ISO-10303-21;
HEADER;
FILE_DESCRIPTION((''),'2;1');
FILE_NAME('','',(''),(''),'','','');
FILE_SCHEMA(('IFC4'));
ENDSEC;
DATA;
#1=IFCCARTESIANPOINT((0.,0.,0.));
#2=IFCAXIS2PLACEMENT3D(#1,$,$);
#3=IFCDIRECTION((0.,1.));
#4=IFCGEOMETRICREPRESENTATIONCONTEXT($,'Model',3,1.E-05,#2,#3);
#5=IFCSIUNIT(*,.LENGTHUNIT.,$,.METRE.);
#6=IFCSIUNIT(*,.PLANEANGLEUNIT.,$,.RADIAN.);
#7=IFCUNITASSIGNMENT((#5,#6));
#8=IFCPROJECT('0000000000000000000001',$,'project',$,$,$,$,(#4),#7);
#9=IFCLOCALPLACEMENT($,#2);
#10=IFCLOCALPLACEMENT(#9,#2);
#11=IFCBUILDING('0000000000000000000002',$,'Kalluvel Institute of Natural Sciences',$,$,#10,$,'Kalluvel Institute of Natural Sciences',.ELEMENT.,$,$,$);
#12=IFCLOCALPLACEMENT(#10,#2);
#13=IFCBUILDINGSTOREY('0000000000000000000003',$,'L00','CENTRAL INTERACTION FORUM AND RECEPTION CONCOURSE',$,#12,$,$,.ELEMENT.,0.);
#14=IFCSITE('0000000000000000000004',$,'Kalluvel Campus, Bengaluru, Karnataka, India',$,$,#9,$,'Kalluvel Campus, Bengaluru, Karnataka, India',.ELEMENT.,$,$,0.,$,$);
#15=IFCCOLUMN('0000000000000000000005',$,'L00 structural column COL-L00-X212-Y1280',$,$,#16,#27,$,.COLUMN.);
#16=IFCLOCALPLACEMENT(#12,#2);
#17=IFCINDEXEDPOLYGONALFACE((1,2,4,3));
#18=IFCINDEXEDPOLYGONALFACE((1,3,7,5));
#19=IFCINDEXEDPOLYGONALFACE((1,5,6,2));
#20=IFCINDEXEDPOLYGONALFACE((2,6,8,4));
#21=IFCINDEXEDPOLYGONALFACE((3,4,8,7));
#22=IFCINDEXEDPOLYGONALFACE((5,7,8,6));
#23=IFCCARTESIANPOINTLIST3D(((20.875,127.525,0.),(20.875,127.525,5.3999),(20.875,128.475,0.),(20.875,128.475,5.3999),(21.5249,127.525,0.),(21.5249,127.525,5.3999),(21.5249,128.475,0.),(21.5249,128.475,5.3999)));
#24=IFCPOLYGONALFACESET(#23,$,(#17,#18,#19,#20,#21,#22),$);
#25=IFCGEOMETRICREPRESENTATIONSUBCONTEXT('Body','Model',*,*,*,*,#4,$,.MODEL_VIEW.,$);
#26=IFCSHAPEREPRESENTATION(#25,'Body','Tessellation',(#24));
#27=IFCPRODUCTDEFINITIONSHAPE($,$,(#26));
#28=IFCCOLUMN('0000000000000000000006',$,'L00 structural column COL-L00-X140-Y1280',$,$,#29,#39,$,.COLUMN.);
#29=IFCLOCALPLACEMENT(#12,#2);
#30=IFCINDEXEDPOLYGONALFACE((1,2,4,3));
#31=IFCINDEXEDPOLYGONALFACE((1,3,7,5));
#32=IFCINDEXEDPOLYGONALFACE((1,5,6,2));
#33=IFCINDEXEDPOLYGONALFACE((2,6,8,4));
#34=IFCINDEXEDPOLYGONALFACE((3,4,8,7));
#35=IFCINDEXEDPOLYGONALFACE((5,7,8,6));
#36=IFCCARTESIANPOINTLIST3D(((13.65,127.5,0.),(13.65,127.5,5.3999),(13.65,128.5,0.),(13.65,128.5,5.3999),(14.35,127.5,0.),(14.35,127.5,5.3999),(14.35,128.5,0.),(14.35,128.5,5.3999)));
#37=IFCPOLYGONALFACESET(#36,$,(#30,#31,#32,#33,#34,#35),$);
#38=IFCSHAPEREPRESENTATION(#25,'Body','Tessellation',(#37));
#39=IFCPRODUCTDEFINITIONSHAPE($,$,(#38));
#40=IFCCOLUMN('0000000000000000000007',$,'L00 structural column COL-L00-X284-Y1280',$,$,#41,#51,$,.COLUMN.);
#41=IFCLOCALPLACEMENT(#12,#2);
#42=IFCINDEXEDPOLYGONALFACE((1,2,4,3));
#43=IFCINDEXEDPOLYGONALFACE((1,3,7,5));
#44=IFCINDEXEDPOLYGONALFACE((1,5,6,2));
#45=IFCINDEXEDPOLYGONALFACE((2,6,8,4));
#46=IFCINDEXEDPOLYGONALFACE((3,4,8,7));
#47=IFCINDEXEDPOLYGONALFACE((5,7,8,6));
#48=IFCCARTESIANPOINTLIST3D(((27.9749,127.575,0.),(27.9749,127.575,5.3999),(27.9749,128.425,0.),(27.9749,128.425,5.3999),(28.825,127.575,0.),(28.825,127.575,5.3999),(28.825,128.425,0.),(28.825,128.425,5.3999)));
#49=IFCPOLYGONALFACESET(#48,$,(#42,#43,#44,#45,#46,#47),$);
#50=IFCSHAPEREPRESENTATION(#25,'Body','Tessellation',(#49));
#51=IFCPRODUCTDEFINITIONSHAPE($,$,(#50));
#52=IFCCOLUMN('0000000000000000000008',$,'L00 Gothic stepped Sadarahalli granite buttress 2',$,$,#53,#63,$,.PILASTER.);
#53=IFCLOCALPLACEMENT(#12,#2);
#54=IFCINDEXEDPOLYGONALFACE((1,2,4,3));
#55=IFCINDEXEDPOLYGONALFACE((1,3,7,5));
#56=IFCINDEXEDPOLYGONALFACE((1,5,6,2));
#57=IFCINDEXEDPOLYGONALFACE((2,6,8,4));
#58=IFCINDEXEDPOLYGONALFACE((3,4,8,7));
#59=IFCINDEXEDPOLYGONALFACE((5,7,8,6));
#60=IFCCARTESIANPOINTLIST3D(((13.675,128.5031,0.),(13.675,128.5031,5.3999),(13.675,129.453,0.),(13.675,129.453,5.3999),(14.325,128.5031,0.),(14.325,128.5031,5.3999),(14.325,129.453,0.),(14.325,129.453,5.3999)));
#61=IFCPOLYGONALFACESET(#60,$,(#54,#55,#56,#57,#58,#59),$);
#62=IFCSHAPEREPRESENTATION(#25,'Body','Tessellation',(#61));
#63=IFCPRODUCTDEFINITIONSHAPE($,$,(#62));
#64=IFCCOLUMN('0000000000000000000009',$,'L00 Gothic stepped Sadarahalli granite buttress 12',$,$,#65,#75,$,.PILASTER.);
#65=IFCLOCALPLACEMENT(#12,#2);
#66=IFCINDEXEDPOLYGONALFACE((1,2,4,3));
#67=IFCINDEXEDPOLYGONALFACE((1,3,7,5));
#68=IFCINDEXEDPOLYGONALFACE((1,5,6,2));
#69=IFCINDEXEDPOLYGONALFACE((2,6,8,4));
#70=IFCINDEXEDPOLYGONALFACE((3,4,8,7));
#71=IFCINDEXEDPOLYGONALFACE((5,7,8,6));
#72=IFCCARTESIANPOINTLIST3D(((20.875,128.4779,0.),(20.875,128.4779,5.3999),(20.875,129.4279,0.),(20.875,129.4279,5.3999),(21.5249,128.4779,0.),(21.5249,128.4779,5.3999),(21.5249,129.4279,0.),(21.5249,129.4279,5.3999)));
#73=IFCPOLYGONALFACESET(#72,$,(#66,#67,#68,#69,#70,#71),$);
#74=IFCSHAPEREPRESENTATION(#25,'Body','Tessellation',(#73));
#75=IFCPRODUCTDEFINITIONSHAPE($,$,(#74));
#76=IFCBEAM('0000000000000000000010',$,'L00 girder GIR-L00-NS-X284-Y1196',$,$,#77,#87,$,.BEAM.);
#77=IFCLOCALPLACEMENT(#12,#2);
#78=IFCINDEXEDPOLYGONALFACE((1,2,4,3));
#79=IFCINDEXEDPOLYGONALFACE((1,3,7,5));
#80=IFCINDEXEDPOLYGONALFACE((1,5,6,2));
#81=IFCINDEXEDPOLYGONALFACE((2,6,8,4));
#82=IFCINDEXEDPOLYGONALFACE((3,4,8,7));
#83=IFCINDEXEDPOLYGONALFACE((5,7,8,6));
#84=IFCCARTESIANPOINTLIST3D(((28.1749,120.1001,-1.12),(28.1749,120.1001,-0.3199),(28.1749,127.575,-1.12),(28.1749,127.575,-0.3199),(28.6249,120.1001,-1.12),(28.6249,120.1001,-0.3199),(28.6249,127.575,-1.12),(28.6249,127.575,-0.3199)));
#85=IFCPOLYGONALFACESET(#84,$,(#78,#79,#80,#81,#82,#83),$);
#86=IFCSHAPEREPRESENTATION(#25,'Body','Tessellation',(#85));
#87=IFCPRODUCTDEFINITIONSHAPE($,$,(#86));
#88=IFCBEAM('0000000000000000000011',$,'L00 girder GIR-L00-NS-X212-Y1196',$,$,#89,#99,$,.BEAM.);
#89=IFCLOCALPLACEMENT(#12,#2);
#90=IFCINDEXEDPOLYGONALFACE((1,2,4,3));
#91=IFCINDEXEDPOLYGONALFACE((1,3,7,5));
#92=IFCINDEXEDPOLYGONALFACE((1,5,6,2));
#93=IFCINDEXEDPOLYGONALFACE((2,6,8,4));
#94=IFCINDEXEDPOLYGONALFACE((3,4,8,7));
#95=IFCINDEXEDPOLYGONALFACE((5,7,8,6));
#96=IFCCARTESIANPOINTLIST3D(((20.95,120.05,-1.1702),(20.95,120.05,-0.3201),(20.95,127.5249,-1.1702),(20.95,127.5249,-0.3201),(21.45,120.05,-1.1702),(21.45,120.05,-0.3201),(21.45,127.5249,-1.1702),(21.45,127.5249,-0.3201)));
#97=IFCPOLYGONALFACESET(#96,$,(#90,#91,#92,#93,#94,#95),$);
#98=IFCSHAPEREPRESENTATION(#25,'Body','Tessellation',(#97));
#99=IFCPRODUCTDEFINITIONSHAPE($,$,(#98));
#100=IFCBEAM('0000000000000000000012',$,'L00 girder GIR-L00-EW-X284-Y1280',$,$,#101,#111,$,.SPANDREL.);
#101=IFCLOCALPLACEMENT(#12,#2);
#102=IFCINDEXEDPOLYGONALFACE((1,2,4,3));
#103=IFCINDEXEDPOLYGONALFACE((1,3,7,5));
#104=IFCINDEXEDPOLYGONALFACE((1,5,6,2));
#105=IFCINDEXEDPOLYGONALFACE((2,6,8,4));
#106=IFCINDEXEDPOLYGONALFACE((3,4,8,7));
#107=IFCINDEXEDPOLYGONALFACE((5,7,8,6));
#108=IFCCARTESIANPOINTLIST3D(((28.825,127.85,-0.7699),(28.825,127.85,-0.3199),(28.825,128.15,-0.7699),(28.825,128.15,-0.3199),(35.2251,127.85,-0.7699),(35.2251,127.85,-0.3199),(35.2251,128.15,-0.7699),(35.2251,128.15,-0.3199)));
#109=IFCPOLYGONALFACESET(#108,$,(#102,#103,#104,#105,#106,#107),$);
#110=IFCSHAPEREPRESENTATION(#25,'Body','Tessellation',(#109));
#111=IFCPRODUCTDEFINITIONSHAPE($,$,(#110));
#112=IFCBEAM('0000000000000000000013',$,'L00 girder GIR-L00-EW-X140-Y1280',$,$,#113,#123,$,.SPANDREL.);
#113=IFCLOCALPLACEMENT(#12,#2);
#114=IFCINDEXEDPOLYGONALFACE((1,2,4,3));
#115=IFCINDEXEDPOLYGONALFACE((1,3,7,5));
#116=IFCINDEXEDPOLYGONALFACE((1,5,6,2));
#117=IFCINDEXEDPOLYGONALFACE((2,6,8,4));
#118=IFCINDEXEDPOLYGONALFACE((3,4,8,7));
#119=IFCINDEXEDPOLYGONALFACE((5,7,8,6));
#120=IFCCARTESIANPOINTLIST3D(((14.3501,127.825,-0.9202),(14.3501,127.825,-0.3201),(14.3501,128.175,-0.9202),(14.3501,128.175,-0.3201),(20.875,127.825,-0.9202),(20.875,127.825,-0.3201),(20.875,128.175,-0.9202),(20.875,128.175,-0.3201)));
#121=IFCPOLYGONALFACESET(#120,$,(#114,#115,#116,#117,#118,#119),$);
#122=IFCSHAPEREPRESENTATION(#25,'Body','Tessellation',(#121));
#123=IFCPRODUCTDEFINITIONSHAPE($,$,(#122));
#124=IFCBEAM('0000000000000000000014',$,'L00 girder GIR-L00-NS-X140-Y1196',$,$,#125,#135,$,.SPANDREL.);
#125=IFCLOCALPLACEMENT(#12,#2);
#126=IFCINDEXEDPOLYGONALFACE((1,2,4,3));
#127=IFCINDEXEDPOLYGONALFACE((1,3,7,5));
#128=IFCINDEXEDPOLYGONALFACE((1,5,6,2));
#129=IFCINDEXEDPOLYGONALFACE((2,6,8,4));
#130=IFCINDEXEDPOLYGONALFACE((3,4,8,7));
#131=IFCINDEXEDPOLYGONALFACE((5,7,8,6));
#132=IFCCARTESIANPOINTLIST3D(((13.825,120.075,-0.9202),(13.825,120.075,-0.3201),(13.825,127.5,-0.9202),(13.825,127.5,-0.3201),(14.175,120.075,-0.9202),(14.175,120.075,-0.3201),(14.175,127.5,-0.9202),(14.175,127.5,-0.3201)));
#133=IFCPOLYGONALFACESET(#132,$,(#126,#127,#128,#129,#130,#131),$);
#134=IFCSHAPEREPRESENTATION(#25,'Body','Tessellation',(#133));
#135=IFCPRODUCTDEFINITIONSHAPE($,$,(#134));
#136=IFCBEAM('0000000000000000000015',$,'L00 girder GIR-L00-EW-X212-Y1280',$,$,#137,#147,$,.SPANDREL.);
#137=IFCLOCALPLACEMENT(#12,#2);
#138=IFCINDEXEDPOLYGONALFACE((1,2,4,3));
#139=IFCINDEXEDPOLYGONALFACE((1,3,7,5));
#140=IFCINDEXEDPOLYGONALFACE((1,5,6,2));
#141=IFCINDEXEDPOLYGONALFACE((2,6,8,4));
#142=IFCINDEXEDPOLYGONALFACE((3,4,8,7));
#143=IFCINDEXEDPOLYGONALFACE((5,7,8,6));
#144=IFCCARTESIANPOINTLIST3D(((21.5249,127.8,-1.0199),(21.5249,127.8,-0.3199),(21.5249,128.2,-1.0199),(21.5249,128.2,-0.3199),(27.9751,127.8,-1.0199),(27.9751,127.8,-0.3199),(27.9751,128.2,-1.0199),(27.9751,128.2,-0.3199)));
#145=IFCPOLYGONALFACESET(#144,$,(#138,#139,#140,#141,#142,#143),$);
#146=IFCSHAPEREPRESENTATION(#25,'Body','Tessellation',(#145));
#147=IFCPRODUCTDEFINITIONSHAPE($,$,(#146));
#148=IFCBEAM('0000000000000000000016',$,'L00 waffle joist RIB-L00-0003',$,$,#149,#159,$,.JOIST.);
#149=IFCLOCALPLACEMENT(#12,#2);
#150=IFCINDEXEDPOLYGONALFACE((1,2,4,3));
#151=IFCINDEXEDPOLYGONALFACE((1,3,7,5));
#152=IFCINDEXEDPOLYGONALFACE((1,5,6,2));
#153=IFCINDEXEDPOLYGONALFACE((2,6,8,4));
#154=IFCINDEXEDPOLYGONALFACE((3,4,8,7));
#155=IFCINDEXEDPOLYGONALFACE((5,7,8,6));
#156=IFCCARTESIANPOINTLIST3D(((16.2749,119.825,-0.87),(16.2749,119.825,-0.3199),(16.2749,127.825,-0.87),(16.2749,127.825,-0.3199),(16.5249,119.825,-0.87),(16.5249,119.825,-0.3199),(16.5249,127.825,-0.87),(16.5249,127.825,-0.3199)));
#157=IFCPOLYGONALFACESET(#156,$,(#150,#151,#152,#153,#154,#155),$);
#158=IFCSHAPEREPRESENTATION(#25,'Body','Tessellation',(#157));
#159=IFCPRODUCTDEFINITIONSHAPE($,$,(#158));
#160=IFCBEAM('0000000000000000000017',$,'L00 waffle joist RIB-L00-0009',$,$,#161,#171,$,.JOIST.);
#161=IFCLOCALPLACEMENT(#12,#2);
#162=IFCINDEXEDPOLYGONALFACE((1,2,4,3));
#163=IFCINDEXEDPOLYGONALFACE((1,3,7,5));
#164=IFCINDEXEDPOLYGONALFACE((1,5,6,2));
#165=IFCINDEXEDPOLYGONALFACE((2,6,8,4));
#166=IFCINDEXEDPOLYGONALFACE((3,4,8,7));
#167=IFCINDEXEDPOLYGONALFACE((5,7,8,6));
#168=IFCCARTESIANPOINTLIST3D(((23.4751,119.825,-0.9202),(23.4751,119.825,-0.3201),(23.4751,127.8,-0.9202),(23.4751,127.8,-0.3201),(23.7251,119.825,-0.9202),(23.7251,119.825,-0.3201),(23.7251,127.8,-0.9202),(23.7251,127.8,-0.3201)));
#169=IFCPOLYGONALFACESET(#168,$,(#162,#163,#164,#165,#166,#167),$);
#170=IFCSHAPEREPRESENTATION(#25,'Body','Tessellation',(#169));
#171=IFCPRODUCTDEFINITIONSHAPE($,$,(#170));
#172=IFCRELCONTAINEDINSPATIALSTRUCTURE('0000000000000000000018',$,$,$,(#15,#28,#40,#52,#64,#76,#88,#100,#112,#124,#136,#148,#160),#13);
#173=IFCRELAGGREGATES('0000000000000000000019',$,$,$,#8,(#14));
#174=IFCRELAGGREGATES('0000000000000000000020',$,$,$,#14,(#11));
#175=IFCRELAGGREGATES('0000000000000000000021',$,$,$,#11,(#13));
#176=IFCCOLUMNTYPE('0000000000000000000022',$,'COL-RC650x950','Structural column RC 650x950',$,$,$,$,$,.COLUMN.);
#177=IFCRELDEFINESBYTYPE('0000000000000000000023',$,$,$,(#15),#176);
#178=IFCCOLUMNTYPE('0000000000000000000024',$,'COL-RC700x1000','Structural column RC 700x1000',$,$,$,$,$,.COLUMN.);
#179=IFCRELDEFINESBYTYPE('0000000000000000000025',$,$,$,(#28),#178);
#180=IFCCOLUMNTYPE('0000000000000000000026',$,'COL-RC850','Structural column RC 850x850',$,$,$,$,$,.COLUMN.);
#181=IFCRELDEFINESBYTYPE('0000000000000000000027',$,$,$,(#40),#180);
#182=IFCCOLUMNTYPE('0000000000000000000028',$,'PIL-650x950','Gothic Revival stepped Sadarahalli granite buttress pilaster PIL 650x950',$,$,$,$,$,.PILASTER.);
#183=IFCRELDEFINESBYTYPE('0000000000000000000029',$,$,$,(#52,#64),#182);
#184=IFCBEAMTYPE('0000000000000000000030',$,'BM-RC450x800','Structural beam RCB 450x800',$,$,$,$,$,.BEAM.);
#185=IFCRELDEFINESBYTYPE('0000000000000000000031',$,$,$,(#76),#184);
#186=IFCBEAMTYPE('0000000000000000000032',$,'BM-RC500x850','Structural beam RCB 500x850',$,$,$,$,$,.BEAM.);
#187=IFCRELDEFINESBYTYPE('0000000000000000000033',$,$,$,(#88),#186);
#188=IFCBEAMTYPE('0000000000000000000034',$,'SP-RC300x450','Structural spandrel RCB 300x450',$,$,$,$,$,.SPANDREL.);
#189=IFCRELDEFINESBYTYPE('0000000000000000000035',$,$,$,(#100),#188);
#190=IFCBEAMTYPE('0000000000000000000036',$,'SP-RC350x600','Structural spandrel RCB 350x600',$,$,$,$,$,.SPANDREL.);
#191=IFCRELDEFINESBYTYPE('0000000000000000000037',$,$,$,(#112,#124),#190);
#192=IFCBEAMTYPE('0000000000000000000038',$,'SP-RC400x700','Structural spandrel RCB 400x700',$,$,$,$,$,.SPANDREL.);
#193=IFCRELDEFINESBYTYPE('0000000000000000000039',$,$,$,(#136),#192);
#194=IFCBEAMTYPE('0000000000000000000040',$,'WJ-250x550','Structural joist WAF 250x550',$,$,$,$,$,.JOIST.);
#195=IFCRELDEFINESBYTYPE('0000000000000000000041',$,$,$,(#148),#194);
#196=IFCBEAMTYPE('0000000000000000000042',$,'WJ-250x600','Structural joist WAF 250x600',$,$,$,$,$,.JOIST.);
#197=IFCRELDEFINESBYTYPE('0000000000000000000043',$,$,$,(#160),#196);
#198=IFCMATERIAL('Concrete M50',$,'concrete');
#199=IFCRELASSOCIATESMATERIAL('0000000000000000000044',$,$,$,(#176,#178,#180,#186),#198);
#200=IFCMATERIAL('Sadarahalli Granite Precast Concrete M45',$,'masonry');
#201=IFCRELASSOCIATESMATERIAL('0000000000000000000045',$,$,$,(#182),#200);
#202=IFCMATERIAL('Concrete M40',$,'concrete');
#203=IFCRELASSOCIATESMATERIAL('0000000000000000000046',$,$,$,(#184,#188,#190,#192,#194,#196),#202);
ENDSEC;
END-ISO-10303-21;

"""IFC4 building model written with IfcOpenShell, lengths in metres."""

from ifc_helpers import new_model, si_unit, direction, frame, origin, origin_2d, place, context, subcontext, project, spatial, rectangle, extrude, material, material_profile, profile_set, type_object, element, save


model = new_model("IFC4")

# Units and contexts
model_context = context("Model", 3, precision=1e-05, world=origin(), true_north=direction((0.0, 1.0)))
body_context = subcontext(model_context, "Body", "Model", "MODEL_VIEW")
ifc_project = project(units=[si_unit("LENGTHUNIT", "METRE"), si_unit("PLANEANGLEUNIT", "RADIAN")], contexts=[model_context])

# Site, building, storey
site_placement = place(None, origin())
site = spatial("IfcSite", under=ifc_project, at=site_placement, Name="Kalluvel Campus, Bengaluru, Karnataka, India", LongName="Kalluvel Campus, Bengaluru, Karnataka, India", CompositionType="ELEMENT", RefElevation=0.0)
building_placement = place(site_placement, origin())
building = spatial("IfcBuilding", under=site, at=building_placement, Name="Kalluvel Institute of Natural Sciences", LongName="Kalluvel Institute of Natural Sciences", CompositionType="ELEMENT")
storey_placement = place(building_placement, origin())
storey = spatial("IfcBuildingStorey", under=building, at=storey_placement, Name="L00", Description="CENTRAL INTERACTION FORUM AND RECEPTION CONCOURSE", CompositionType="ELEMENT", Elevation=0.0)

# Columns
ifc_material_1 = material(Name="Concrete M50", Category="concrete")
ifc_material_profile_1 = material_profile(ifc_material_1, rectangle(XDim=0.6499, YDim=0.95, at=origin_2d()), Name="RC 650x950")
ifc_profile_set_1 = profile_set([ifc_material_profile_1], Name="Concrete M50")
column_type_1 = type_object("IfcColumnType", Name="COL-RC650x950", Description="Structural column RC 650x950", PredefinedType="COLUMN", material=ifc_profile_set_1)
column_1_placement = place(storey_placement, frame((21.2, 128.0, 0.0), z_axis=(0.0, 0.0, 1.0), x_axis=(1.0, 0.0, 0.0)))
element("IfcColumn", 1, at=column_1_placement, inside=storey, type_object=column_type_1, Name="L00 structural column COL-L00-X212-Y1280", PredefinedType="COLUMN", context=body_context, shape_type="SweptSolid", body=[
    extrude(rectangle(XDim=0.6499, YDim=0.95, at=origin_2d()), origin(), (0.0, 0.0, 1.0), 5.3999),
])
ifc_material_profile_2 = material_profile(ifc_material_1, rectangle(XDim=0.7, YDim=1.0, at=origin_2d()), Name="RC 700x1000")
ifc_profile_set_2 = profile_set([ifc_material_profile_2], Name="Concrete M50")
column_type_2 = type_object("IfcColumnType", Name="COL-RC700x1000", Description="Structural column RC 700x1000", PredefinedType="COLUMN", material=ifc_profile_set_2)
column_2_placement = place(storey_placement, frame((14.0, 128.0, 0.0), z_axis=(0.0, 0.0, 1.0), x_axis=(1.0, 0.0, 0.0)))
element("IfcColumn", 2, at=column_2_placement, inside=storey, type_object=column_type_2, Name="L00 structural column COL-L00-X140-Y1280", PredefinedType="COLUMN", context=body_context, shape_type="SweptSolid", body=[
    extrude(rectangle(XDim=0.7, YDim=1.0, at=origin_2d()), origin(), (0.0, 0.0, 1.0), 5.3999),
])
ifc_material_profile_3 = material_profile(ifc_material_1, rectangle(XDim=0.8501, YDim=0.8501, at=origin_2d()), Name="RC 850x850")
ifc_profile_set_3 = profile_set([ifc_material_profile_3], Name="Concrete M50")
column_type_3 = type_object("IfcColumnType", Name="COL-RC850", Description="Structural column RC 850x850", PredefinedType="COLUMN", material=ifc_profile_set_3)
column_3_placement = place(storey_placement, frame((28.3999, 128.0, 0.0), z_axis=(0.0, 0.0, 1.0), x_axis=(1.0, 0.0, 0.0)))
element("IfcColumn", 3, at=column_3_placement, inside=storey, type_object=column_type_3, Name="L00 structural column COL-L00-X284-Y1280", PredefinedType="COLUMN", context=body_context, shape_type="SweptSolid", body=[
    extrude(rectangle(XDim=0.8501, YDim=0.8501, at=origin_2d()), origin(), (0.0, 0.0, 1.0), 5.3999),
])
ifc_material_2 = material(Name="Sadarahalli Granite Precast Concrete M45", Category="masonry")
ifc_material_profile_4 = material_profile(ifc_material_2, rectangle(XDim=0.6499, YDim=0.95, at=origin_2d()), Name="PIL 650x950")
ifc_profile_set_4 = profile_set([ifc_material_profile_4], Name="Sadarahalli Granite Precast Concrete M45")
column_type_4 = type_object("IfcColumnType", Name="PIL-650x950", Description="Gothic Revival stepped Sadarahalli granite buttress pilaster PIL 650x950", PredefinedType="PILASTER", material=ifc_profile_set_4)
for number, where, z_axis, x_axis, name in (
    (4, (14.0, 128.978, 0.0), (0.0, 0.0, 1.0), (1.0, 0.0, 0.0), "L00 Gothic stepped Sadarahalli granite buttress 2"),
    (5, (21.2, 128.9529, 0.0), (0.0, 0.0, 1.0), (1.0, 0.0, 0.0), "L00 Gothic stepped Sadarahalli granite buttress 12"),
):
    element("IfcColumn", number, at=place(storey_placement, frame(where, z_axis=z_axis, x_axis=x_axis)), inside=storey, type_object=column_type_4, Name=name, PredefinedType="PILASTER", context=body_context, shape_type="SweptSolid", body=[
        extrude(rectangle(XDim=0.6499, YDim=0.95, at=origin_2d()), origin(), (0.0, 0.0, 1.0), 5.3999),
    ])

# Beams
ifc_material_3 = material(Name="Concrete M40", Category="concrete")
ifc_material_profile_5 = material_profile(ifc_material_3, rectangle(XDim=0.45, YDim=0.8, at=origin_2d()), Name="RCB 450x800")
ifc_profile_set_5 = profile_set([ifc_material_profile_5], Name="Concrete M40")
beam_type_1 = type_object("IfcBeamType", Name="BM-RC450x800", Description="Structural beam RCB 450x800", PredefinedType="BEAM", material=ifc_profile_set_5)
beam_1_placement = place(storey_placement, frame((28.3999, 120.1001, -0.72), z_axis=(0.0, 1.0, 0.0), x_axis=(-1.0, 0.0, 0.0)))
element("IfcBeam", 6, at=beam_1_placement, inside=storey, type_object=beam_type_1, Name="L00 girder GIR-L00-NS-X284-Y1196", PredefinedType="BEAM", context=body_context, shape_type="SweptSolid", body=[
    extrude(rectangle(XDim=0.45, YDim=0.8, at=origin_2d()), origin(), (0.0, 0.0, 1.0), 7.4749),
])
ifc_material_profile_6 = material_profile(ifc_material_1, rectangle(XDim=0.5, YDim=0.8501, at=origin_2d()), Name="RCB 500x850")
ifc_profile_set_6 = profile_set([ifc_material_profile_6], Name="Concrete M50")
beam_type_2 = type_object("IfcBeamType", Name="BM-RC500x850", Description="Structural beam RCB 500x850", PredefinedType="BEAM", material=ifc_profile_set_6)
beam_2_placement = place(storey_placement, frame((21.2, 120.05, -0.7451), z_axis=(0.0, 1.0, 0.0), x_axis=(-1.0, 0.0, 0.0)))
element("IfcBeam", 7, at=beam_2_placement, inside=storey, type_object=beam_type_2, Name="L00 girder GIR-L00-NS-X212-Y1196", PredefinedType="BEAM", context=body_context, shape_type="SweptSolid", body=[
    extrude(rectangle(XDim=0.5, YDim=0.8501, at=origin_2d()), origin(), (0.0, 0.0, 1.0), 7.4749),
])
ifc_material_profile_7 = material_profile(ifc_material_3, rectangle(XDim=0.3, YDim=0.45, at=origin_2d()), Name="RCB 300x450")
ifc_profile_set_7 = profile_set([ifc_material_profile_7], Name="Concrete M40")
beam_type_3 = type_object("IfcBeamType", Name="SP-RC300x450", Description="Structural spandrel RCB 300x450", PredefinedType="SPANDREL", material=ifc_profile_set_7)
beam_3_placement = place(storey_placement, frame((28.825, 128.0, -0.5449), z_axis=(1.0, 0.0, 0.0), x_axis=(0.0, 1.0, 0.0)))
element("IfcBeam", 8, at=beam_3_placement, inside=storey, type_object=beam_type_3, Name="L00 girder GIR-L00-EW-X284-Y1280", PredefinedType="SPANDREL", context=body_context, shape_type="SweptSolid", body=[
    extrude(rectangle(XDim=0.3, YDim=0.45, at=origin_2d()), origin(), (0.0, 0.0, 1.0), 6.4001),
])
ifc_material_profile_8 = material_profile(ifc_material_3, rectangle(XDim=0.3501, YDim=0.6001, at=origin_2d()), Name="RCB 350x600")
ifc_profile_set_8 = profile_set([ifc_material_profile_8], Name="Concrete M40")
beam_type_4 = type_object("IfcBeamType", Name="SP-RC350x600", Description="Structural spandrel RCB 350x600", PredefinedType="SPANDREL", material=ifc_profile_set_8)
beam_4_placement = place(storey_placement, frame((14.3501, 128.0, -0.6201), z_axis=(1.0, 0.0, 0.0), x_axis=(0.0, 1.0, 0.0)))
element("IfcBeam", 9, at=beam_4_placement, inside=storey, type_object=beam_type_4, Name="L00 girder GIR-L00-EW-X140-Y1280", PredefinedType="SPANDREL", context=body_context, shape_type="SweptSolid", body=[
    extrude(rectangle(XDim=0.3501, YDim=0.6001, at=origin_2d()), origin(), (0.0, 0.0, 1.0), 6.5249),
])
beam_5_placement = place(storey_placement, frame((14.0, 120.075, -0.6201), z_axis=(0.0, 1.0, 0.0), x_axis=(-1.0, 0.0, 0.0)))
element("IfcBeam", 10, at=beam_5_placement, inside=storey, type_object=beam_type_4, Name="L00 girder GIR-L00-NS-X140-Y1196", PredefinedType="SPANDREL", context=body_context, shape_type="SweptSolid", body=[
    extrude(rectangle(XDim=0.3501, YDim=0.6001, at=origin_2d()), origin(), (0.0, 0.0, 1.0), 7.425),
])
ifc_material_profile_9 = material_profile(ifc_material_3, rectangle(XDim=0.3999, YDim=0.7, at=origin_2d()), Name="RCB 400x700")
ifc_profile_set_9 = profile_set([ifc_material_profile_9], Name="Concrete M40")
beam_type_5 = type_object("IfcBeamType", Name="SP-RC400x700", Description="Structural spandrel RCB 400x700", PredefinedType="SPANDREL", material=ifc_profile_set_9)
beam_6_placement = place(storey_placement, frame((21.5249, 128.0, -0.6699), z_axis=(1.0, 0.0, 0.0), x_axis=(0.0, 1.0, 0.0)))
element("IfcBeam", 11, at=beam_6_placement, inside=storey, type_object=beam_type_5, Name="L00 girder GIR-L00-EW-X212-Y1280", PredefinedType="SPANDREL", context=body_context, shape_type="SweptSolid", body=[
    extrude(rectangle(XDim=0.3999, YDim=0.7, at=origin_2d()), origin(), (0.0, 0.0, 1.0), 6.4502),
])
ifc_material_profile_10 = material_profile(ifc_material_3, rectangle(XDim=0.25, YDim=0.55, at=origin_2d()), Name="WAF 250x550")
ifc_profile_set_10 = profile_set([ifc_material_profile_10], Name="Concrete M40")
beam_type_6 = type_object("IfcBeamType", Name="WJ-250x550", Description="Structural joist WAF 250x550", PredefinedType="JOIST", material=ifc_profile_set_10)
beam_7_placement = place(storey_placement, frame((16.3999, 119.825, -0.595), z_axis=(0.0, 1.0, 0.0), x_axis=(-1.0, 0.0, 0.0)))
element("IfcBeam", 12, at=beam_7_placement, inside=storey, type_object=beam_type_6, Name="L00 waffle joist RIB-L00-0003", PredefinedType="JOIST", context=body_context, shape_type="SweptSolid", body=[
    extrude(rectangle(XDim=0.25, YDim=0.55, at=origin_2d()), origin(), (0.0, 0.0, 1.0), 8.0),
])
ifc_material_profile_11 = material_profile(ifc_material_3, rectangle(XDim=0.25, YDim=0.6001, at=origin_2d()), Name="WAF 250x600")
ifc_profile_set_11 = profile_set([ifc_material_profile_11], Name="Concrete M40")
beam_type_7 = type_object("IfcBeamType", Name="WJ-250x600", Description="Structural joist WAF 250x600", PredefinedType="JOIST", material=ifc_profile_set_11)
beam_8_placement = place(storey_placement, frame((23.6001, 119.825, -0.6201), z_axis=(0.0, 1.0, 0.0), x_axis=(-1.0, 0.0, 0.0)))
element("IfcBeam", 13, at=beam_8_placement, inside=storey, type_object=beam_type_7, Name="L00 waffle joist RIB-L00-0009", PredefinedType="JOIST", context=body_context, shape_type="SweptSolid", body=[
    extrude(rectangle(XDim=0.25, YDim=0.6001, at=origin_2d()), origin(), (0.0, 0.0, 1.0), 7.9751),
])

save(model, "model.ifc")
